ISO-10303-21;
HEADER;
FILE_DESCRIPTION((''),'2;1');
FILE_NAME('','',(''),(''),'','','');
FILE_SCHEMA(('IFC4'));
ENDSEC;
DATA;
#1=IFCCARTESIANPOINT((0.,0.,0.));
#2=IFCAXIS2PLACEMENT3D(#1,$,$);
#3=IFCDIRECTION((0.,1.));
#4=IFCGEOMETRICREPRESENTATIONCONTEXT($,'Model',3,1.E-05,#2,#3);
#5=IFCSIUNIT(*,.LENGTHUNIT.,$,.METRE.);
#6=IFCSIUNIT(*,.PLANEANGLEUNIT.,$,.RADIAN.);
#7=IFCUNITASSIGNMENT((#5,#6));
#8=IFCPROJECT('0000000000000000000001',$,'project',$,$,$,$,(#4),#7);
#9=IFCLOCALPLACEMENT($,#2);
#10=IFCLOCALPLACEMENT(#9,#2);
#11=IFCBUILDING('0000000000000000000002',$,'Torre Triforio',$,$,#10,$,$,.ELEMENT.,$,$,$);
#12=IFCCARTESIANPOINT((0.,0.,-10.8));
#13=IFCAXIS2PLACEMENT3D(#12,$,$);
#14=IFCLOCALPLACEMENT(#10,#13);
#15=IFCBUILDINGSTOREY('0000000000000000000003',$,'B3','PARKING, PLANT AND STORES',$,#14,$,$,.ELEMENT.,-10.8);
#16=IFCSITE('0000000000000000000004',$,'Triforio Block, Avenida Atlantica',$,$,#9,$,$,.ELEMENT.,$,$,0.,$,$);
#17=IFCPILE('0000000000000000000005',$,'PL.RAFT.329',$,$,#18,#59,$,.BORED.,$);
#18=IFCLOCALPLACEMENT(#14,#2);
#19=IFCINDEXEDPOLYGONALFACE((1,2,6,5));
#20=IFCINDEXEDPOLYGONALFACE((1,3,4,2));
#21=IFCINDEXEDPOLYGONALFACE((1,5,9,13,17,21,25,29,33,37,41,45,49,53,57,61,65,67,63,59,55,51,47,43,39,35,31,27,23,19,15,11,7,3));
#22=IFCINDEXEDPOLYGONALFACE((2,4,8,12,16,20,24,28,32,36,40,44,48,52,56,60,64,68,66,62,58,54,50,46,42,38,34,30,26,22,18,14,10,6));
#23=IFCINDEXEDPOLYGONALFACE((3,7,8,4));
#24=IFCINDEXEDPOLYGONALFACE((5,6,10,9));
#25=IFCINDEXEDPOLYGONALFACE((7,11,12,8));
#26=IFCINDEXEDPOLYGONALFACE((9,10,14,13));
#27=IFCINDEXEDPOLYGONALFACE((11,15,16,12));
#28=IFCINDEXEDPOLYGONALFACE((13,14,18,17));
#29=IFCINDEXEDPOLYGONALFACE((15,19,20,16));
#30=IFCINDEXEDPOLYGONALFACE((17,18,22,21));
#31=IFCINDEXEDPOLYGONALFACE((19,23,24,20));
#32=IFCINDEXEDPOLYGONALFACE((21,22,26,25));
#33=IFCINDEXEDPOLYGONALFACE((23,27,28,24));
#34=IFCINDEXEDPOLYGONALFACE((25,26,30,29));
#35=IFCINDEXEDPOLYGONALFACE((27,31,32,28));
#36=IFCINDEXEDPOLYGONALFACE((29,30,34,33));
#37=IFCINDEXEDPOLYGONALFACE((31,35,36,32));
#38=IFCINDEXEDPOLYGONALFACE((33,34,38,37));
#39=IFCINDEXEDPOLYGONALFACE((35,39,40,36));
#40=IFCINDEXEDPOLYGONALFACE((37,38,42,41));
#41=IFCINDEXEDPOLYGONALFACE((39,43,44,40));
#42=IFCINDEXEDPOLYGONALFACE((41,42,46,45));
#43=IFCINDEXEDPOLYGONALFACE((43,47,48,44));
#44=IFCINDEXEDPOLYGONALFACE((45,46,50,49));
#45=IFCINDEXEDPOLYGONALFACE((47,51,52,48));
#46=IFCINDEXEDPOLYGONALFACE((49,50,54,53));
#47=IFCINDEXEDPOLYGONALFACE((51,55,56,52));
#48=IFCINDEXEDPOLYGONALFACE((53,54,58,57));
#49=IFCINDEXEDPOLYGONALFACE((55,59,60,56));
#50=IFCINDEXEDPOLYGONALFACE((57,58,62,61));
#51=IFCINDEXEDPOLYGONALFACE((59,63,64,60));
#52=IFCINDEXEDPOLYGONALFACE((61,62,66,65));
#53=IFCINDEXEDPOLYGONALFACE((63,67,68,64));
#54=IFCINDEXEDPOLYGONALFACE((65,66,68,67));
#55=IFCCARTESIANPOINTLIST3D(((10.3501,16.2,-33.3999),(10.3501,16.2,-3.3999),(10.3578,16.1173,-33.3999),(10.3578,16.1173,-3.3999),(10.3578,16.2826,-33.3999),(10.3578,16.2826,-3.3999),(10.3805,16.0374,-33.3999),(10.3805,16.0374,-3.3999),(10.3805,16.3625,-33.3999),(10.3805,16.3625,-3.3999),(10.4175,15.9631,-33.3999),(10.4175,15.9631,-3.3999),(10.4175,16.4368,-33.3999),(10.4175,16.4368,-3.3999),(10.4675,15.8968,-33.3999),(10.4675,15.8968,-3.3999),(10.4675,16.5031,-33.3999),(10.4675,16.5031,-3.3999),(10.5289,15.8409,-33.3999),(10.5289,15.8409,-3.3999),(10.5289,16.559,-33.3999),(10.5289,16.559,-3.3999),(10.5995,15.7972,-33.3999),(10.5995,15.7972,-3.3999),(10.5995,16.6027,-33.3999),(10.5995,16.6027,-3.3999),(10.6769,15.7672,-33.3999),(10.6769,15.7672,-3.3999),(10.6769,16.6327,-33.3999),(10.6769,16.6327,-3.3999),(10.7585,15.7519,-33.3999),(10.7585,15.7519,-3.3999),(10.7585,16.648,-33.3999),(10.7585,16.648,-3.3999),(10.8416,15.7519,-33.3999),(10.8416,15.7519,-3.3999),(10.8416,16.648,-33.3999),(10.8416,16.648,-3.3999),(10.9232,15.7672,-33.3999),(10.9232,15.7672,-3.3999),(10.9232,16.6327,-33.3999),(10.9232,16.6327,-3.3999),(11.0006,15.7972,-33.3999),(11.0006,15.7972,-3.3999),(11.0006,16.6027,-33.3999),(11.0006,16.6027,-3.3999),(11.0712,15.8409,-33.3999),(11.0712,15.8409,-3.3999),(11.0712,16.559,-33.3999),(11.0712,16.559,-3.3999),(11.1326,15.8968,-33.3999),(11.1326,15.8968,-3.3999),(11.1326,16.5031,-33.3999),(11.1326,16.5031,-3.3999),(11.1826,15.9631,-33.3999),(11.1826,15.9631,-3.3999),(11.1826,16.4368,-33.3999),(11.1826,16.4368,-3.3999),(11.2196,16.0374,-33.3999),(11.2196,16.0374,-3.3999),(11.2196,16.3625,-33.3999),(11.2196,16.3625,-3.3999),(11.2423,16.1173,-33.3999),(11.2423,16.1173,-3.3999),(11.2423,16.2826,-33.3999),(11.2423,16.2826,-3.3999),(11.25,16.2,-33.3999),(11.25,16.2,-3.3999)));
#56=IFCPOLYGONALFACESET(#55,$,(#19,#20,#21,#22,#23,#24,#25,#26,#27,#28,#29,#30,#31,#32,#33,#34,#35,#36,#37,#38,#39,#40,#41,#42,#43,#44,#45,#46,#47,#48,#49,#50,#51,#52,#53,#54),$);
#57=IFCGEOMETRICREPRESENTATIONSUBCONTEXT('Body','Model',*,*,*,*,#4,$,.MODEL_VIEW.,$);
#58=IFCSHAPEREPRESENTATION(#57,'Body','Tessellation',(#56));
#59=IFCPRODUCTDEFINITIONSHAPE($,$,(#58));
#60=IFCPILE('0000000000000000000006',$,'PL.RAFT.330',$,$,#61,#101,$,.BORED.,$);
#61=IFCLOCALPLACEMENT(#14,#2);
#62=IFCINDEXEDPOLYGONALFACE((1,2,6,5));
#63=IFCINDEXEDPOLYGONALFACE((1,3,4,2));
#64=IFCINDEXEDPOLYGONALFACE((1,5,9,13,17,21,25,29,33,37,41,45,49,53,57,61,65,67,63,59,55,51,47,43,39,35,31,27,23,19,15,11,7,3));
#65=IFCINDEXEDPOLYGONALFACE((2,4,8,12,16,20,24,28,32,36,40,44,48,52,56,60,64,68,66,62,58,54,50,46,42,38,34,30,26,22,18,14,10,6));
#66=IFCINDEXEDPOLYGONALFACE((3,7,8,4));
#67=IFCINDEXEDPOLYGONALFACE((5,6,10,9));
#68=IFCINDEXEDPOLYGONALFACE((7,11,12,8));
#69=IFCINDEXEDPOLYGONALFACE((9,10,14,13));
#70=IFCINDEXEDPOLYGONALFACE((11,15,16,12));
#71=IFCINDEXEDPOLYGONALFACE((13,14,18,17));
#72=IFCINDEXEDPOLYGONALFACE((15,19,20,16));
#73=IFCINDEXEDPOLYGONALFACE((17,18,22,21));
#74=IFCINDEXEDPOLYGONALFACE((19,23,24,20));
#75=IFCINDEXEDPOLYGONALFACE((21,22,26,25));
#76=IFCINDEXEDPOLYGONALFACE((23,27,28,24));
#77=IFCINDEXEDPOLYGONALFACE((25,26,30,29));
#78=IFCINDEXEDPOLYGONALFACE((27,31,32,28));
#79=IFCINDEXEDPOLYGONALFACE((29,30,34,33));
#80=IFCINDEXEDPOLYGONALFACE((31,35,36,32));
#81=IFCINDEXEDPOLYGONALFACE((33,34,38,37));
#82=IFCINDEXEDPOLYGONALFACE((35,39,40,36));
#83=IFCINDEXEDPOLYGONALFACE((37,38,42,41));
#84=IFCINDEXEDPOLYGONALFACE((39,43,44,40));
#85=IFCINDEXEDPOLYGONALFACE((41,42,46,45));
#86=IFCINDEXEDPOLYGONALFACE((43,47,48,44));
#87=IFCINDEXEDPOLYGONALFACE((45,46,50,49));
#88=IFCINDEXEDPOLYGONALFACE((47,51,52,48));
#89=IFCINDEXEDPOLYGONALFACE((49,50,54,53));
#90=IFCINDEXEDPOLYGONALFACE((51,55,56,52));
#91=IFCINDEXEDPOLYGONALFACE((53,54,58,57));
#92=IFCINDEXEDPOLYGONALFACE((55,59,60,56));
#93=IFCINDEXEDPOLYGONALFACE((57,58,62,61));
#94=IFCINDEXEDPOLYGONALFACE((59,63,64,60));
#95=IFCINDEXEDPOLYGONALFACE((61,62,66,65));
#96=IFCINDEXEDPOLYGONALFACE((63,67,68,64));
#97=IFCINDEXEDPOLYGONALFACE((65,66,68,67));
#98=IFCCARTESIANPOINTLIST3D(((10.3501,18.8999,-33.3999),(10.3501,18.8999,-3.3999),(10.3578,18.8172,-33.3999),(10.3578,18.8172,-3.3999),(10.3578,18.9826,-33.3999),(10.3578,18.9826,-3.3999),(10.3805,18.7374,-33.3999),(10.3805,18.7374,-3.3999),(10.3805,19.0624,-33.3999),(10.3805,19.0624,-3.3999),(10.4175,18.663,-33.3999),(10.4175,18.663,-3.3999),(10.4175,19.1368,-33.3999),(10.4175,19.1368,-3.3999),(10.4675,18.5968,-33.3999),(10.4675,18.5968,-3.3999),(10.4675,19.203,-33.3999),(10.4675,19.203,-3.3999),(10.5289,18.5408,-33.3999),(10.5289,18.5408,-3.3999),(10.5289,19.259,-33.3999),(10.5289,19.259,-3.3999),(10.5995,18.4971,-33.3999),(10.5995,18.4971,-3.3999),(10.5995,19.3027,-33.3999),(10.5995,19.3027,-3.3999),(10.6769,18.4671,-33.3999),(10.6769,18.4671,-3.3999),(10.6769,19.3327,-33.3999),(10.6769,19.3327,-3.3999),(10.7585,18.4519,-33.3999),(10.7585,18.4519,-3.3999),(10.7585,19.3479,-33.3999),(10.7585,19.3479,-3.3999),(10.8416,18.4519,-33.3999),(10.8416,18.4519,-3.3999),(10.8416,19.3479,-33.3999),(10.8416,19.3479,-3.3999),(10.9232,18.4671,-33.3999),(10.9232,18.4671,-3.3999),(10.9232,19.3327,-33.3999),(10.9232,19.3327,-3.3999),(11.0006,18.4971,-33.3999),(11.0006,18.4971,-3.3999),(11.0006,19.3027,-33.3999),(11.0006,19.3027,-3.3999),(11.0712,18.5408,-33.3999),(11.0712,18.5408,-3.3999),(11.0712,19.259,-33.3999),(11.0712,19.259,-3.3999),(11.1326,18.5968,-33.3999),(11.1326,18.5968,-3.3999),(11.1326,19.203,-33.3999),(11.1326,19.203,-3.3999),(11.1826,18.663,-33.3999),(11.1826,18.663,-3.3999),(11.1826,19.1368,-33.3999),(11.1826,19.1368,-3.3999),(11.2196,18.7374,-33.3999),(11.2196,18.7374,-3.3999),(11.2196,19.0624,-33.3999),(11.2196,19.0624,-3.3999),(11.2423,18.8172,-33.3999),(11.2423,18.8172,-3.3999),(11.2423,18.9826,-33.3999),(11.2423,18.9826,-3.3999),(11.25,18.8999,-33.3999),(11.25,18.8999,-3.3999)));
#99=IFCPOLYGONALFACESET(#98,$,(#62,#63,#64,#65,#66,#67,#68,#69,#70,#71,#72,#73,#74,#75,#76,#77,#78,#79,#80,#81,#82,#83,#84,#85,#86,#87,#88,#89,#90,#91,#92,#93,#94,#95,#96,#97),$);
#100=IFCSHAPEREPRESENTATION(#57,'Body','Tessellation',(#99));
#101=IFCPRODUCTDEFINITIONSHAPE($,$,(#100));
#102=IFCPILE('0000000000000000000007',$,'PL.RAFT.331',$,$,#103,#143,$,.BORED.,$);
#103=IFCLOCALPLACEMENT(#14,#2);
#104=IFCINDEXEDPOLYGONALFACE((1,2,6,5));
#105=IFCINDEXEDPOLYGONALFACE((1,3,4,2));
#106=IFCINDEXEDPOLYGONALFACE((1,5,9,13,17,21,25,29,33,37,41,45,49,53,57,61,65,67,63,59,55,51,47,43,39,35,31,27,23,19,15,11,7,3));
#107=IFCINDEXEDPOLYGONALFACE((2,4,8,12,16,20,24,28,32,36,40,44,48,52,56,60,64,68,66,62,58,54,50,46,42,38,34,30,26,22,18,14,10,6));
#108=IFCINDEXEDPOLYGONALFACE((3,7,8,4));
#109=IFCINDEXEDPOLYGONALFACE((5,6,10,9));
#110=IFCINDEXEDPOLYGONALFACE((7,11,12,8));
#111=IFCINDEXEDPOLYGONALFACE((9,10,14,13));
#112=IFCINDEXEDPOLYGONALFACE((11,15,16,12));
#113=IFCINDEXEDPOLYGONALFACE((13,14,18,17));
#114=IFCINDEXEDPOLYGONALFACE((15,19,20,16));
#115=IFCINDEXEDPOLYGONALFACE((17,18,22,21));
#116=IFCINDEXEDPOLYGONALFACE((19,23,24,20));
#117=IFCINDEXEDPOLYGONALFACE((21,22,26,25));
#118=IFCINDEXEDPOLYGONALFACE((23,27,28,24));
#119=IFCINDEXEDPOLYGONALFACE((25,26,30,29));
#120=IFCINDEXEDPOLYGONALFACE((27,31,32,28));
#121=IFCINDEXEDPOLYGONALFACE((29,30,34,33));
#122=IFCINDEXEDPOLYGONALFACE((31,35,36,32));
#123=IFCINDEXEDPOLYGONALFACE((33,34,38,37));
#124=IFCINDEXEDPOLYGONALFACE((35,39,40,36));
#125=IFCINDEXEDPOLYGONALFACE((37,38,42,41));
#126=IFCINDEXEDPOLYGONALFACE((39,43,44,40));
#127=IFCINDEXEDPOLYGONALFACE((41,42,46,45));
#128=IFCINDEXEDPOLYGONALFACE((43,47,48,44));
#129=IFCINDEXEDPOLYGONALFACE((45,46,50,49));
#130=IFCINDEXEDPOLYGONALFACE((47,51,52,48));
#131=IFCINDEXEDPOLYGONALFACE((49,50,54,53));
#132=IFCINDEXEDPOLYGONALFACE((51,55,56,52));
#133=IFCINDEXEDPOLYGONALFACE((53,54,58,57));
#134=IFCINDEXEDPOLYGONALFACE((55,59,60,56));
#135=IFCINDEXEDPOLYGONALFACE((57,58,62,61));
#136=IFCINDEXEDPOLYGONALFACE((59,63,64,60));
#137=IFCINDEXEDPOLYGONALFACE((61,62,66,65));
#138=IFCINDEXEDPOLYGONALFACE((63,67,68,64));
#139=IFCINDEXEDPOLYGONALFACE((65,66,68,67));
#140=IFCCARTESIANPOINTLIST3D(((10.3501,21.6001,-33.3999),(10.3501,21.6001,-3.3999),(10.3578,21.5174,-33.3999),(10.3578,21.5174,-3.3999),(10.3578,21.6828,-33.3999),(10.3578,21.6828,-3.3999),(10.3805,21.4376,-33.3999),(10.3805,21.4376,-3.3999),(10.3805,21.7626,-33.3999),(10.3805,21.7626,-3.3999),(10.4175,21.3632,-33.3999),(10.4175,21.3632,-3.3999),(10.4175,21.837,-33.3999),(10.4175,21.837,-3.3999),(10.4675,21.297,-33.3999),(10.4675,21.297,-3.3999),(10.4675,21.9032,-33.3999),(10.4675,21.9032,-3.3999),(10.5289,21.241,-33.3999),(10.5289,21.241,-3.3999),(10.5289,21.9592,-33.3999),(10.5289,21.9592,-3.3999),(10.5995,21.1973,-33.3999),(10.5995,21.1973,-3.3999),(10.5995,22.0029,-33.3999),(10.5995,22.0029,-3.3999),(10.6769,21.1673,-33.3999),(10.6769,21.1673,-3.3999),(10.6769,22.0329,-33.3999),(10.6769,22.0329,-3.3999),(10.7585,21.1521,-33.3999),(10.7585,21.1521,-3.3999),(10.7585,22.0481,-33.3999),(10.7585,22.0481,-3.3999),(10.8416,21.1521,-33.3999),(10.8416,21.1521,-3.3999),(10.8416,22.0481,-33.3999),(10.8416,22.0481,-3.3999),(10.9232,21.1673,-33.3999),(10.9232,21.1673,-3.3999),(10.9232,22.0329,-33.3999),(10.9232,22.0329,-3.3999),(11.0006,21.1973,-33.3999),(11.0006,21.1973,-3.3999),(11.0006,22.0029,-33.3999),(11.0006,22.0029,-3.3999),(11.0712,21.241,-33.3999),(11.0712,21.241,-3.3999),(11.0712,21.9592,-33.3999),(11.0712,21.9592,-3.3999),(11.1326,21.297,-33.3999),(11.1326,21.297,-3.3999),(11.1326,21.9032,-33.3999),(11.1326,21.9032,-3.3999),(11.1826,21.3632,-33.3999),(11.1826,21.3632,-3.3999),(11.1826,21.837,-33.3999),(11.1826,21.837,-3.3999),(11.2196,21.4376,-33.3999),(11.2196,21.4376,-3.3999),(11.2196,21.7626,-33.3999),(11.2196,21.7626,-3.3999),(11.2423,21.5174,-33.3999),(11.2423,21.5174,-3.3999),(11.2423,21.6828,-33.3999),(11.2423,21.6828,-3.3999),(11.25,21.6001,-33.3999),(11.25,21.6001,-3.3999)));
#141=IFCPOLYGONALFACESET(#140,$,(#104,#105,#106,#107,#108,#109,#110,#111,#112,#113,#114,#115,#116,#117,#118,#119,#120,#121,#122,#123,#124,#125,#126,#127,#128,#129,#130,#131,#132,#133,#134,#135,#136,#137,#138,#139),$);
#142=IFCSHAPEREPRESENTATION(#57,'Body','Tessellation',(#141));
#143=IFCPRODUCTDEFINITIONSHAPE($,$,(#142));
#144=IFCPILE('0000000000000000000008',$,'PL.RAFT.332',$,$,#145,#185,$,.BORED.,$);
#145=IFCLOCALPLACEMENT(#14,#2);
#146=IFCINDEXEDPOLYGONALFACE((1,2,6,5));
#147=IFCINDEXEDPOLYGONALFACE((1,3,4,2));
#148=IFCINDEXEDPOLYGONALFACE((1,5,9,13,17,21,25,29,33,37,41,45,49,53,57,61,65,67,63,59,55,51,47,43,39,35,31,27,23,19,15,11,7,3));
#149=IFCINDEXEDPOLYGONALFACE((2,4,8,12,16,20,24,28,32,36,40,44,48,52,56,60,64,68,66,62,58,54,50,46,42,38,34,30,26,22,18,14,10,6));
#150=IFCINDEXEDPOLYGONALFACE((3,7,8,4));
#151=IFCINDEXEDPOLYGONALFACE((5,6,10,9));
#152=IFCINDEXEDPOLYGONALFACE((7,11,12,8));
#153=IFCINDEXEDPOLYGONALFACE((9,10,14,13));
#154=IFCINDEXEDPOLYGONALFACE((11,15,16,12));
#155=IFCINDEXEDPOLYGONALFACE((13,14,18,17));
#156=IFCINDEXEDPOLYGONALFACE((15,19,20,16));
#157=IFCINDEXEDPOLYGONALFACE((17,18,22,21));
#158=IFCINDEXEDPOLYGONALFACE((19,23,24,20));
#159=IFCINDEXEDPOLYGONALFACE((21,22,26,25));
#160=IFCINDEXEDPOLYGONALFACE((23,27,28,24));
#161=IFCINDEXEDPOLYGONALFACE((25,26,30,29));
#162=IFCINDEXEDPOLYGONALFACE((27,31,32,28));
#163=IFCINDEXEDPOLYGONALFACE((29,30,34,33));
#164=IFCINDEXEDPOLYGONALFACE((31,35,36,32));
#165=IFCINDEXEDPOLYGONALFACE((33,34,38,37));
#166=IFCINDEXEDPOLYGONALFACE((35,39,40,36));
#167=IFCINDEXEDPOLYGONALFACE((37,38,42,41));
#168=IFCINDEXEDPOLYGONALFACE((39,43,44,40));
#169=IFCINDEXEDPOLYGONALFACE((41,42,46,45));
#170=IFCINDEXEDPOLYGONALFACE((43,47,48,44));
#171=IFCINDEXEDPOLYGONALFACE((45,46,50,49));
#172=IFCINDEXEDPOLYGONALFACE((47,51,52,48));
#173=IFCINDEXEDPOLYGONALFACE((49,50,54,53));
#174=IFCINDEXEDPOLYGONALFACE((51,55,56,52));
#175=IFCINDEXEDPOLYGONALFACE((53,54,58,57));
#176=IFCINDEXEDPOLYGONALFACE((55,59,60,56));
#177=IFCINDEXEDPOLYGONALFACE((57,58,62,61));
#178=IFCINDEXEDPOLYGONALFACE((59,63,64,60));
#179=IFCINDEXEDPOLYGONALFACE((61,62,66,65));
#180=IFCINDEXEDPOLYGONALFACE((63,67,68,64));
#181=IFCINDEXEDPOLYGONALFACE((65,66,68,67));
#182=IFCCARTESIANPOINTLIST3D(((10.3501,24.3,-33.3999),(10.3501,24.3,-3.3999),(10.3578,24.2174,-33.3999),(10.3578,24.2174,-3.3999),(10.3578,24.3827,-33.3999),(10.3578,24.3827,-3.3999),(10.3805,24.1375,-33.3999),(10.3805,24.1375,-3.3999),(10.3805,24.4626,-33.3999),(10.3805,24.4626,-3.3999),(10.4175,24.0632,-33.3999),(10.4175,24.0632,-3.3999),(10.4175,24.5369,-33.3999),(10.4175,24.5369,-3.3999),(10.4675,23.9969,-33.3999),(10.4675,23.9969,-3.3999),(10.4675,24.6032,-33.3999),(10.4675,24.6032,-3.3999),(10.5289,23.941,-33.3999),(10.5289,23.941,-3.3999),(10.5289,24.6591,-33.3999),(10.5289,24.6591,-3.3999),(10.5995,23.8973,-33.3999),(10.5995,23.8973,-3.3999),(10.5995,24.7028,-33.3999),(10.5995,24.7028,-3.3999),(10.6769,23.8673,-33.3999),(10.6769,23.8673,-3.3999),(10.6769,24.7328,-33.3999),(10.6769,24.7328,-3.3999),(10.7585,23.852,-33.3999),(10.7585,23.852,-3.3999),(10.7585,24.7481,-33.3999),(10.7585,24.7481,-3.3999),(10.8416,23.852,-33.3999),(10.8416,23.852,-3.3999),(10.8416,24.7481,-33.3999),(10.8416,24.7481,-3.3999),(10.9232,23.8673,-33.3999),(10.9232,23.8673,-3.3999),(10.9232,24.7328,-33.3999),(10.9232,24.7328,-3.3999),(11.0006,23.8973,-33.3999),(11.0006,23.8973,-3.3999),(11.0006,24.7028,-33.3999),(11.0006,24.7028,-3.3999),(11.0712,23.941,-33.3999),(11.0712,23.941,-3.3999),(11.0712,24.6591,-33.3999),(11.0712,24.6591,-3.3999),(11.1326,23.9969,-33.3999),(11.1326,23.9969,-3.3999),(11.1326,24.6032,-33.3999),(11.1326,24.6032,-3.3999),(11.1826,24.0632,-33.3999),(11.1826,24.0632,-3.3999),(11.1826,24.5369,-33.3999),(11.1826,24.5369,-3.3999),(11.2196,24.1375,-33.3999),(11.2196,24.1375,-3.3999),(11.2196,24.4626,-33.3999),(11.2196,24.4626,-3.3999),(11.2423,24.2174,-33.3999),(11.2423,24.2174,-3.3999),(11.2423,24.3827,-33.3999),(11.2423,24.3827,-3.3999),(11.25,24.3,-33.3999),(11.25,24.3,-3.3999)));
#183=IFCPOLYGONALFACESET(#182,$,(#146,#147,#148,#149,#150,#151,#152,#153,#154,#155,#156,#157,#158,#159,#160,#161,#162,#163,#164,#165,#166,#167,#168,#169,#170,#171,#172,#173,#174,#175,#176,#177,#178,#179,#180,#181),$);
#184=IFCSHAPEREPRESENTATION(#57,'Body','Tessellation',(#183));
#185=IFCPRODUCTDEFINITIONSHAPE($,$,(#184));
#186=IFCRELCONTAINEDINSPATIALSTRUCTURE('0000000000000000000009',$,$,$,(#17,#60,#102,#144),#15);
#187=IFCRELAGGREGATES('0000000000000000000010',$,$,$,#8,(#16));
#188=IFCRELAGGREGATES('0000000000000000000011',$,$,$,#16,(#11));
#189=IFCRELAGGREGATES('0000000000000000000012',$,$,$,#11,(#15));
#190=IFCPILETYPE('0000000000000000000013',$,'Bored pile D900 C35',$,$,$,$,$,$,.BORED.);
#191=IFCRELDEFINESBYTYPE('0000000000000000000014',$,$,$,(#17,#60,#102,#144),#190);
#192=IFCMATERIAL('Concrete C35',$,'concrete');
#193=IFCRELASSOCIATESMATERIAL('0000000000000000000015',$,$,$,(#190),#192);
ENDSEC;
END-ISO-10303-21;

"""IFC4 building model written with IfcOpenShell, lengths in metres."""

from ifc_helpers import new_model, si_unit, direction, frame, origin, origin_2d, place, context, subcontext, project, spatial, circle, extrude, material, material_profile, profile_set, type_object, element, save


model = new_model("IFC4")

# Units and contexts
model_context = context("Model", 3, precision=1e-05, world=origin(), true_north=direction((0.0, 1.0)))
body_context = subcontext(model_context, "Body", "Model", "MODEL_VIEW")
ifc_project = project(units=[si_unit("LENGTHUNIT", "METRE"), si_unit("PLANEANGLEUNIT", "RADIAN")], contexts=[model_context])

# Site, building, storey
site_placement = place(None, origin())
site = spatial("IfcSite", under=ifc_project, at=site_placement, Name="Triforio Block, Avenida Atlantica", CompositionType="ELEMENT", RefElevation=0.0)
building_placement = place(site_placement, origin())
building = spatial("IfcBuilding", under=site, at=building_placement, Name="Torre Triforio", CompositionType="ELEMENT")
storey_placement = place(building_placement, frame((0.0, 0.0, -10.8)))
storey = spatial("IfcBuildingStorey", under=building, at=storey_placement, Name="B3", Description="PARKING, PLANT AND STORES", CompositionType="ELEMENT", Elevation=-10.8)

# Piles
ifc_material_1 = material(Name="Concrete C35", Category="concrete")
ifc_material_profile_1 = material_profile(ifc_material_1, circle(Radius=0.45, at=origin_2d()), Name="RC D900")
ifc_profile_set_1 = profile_set([ifc_material_profile_1], Name="Concrete C35")
pile_type = type_object("IfcPileType", Name="Bored pile D900 C35", PredefinedType="BORED", material=ifc_profile_set_1)
for number, where, z_axis, x_axis, name in (
    (1, (10.8, 16.2, -3.3999), (0.0, 0.0, -1.0), (1.0, 0.0, 0.0), "PL.RAFT.329"),
    (2, (10.8, 18.8999, -3.3999), (0.0, 0.0, -1.0), (1.0, 0.0, 0.0), "PL.RAFT.330"),
    (3, (10.8, 21.6001, -3.3999), (0.0, 0.0, -1.0), (1.0, 0.0, 0.0), "PL.RAFT.331"),
    (4, (10.8, 24.3, -3.3999), (0.0, 0.0, -1.0), (1.0, 0.0, 0.0), "PL.RAFT.332"),
):
    element("IfcPile", number, at=place(storey_placement, frame(where, z_axis=z_axis, x_axis=x_axis)), inside=storey, type_object=pile_type, Name=name, PredefinedType="BORED", context=body_context, shape_type="SweptSolid", body=[
        extrude(circle(Radius=0.45, at=origin_2d()), origin(), (0.0, 0.0, 1.0), 30.0),
    ])

save(model, "model.ifc")
